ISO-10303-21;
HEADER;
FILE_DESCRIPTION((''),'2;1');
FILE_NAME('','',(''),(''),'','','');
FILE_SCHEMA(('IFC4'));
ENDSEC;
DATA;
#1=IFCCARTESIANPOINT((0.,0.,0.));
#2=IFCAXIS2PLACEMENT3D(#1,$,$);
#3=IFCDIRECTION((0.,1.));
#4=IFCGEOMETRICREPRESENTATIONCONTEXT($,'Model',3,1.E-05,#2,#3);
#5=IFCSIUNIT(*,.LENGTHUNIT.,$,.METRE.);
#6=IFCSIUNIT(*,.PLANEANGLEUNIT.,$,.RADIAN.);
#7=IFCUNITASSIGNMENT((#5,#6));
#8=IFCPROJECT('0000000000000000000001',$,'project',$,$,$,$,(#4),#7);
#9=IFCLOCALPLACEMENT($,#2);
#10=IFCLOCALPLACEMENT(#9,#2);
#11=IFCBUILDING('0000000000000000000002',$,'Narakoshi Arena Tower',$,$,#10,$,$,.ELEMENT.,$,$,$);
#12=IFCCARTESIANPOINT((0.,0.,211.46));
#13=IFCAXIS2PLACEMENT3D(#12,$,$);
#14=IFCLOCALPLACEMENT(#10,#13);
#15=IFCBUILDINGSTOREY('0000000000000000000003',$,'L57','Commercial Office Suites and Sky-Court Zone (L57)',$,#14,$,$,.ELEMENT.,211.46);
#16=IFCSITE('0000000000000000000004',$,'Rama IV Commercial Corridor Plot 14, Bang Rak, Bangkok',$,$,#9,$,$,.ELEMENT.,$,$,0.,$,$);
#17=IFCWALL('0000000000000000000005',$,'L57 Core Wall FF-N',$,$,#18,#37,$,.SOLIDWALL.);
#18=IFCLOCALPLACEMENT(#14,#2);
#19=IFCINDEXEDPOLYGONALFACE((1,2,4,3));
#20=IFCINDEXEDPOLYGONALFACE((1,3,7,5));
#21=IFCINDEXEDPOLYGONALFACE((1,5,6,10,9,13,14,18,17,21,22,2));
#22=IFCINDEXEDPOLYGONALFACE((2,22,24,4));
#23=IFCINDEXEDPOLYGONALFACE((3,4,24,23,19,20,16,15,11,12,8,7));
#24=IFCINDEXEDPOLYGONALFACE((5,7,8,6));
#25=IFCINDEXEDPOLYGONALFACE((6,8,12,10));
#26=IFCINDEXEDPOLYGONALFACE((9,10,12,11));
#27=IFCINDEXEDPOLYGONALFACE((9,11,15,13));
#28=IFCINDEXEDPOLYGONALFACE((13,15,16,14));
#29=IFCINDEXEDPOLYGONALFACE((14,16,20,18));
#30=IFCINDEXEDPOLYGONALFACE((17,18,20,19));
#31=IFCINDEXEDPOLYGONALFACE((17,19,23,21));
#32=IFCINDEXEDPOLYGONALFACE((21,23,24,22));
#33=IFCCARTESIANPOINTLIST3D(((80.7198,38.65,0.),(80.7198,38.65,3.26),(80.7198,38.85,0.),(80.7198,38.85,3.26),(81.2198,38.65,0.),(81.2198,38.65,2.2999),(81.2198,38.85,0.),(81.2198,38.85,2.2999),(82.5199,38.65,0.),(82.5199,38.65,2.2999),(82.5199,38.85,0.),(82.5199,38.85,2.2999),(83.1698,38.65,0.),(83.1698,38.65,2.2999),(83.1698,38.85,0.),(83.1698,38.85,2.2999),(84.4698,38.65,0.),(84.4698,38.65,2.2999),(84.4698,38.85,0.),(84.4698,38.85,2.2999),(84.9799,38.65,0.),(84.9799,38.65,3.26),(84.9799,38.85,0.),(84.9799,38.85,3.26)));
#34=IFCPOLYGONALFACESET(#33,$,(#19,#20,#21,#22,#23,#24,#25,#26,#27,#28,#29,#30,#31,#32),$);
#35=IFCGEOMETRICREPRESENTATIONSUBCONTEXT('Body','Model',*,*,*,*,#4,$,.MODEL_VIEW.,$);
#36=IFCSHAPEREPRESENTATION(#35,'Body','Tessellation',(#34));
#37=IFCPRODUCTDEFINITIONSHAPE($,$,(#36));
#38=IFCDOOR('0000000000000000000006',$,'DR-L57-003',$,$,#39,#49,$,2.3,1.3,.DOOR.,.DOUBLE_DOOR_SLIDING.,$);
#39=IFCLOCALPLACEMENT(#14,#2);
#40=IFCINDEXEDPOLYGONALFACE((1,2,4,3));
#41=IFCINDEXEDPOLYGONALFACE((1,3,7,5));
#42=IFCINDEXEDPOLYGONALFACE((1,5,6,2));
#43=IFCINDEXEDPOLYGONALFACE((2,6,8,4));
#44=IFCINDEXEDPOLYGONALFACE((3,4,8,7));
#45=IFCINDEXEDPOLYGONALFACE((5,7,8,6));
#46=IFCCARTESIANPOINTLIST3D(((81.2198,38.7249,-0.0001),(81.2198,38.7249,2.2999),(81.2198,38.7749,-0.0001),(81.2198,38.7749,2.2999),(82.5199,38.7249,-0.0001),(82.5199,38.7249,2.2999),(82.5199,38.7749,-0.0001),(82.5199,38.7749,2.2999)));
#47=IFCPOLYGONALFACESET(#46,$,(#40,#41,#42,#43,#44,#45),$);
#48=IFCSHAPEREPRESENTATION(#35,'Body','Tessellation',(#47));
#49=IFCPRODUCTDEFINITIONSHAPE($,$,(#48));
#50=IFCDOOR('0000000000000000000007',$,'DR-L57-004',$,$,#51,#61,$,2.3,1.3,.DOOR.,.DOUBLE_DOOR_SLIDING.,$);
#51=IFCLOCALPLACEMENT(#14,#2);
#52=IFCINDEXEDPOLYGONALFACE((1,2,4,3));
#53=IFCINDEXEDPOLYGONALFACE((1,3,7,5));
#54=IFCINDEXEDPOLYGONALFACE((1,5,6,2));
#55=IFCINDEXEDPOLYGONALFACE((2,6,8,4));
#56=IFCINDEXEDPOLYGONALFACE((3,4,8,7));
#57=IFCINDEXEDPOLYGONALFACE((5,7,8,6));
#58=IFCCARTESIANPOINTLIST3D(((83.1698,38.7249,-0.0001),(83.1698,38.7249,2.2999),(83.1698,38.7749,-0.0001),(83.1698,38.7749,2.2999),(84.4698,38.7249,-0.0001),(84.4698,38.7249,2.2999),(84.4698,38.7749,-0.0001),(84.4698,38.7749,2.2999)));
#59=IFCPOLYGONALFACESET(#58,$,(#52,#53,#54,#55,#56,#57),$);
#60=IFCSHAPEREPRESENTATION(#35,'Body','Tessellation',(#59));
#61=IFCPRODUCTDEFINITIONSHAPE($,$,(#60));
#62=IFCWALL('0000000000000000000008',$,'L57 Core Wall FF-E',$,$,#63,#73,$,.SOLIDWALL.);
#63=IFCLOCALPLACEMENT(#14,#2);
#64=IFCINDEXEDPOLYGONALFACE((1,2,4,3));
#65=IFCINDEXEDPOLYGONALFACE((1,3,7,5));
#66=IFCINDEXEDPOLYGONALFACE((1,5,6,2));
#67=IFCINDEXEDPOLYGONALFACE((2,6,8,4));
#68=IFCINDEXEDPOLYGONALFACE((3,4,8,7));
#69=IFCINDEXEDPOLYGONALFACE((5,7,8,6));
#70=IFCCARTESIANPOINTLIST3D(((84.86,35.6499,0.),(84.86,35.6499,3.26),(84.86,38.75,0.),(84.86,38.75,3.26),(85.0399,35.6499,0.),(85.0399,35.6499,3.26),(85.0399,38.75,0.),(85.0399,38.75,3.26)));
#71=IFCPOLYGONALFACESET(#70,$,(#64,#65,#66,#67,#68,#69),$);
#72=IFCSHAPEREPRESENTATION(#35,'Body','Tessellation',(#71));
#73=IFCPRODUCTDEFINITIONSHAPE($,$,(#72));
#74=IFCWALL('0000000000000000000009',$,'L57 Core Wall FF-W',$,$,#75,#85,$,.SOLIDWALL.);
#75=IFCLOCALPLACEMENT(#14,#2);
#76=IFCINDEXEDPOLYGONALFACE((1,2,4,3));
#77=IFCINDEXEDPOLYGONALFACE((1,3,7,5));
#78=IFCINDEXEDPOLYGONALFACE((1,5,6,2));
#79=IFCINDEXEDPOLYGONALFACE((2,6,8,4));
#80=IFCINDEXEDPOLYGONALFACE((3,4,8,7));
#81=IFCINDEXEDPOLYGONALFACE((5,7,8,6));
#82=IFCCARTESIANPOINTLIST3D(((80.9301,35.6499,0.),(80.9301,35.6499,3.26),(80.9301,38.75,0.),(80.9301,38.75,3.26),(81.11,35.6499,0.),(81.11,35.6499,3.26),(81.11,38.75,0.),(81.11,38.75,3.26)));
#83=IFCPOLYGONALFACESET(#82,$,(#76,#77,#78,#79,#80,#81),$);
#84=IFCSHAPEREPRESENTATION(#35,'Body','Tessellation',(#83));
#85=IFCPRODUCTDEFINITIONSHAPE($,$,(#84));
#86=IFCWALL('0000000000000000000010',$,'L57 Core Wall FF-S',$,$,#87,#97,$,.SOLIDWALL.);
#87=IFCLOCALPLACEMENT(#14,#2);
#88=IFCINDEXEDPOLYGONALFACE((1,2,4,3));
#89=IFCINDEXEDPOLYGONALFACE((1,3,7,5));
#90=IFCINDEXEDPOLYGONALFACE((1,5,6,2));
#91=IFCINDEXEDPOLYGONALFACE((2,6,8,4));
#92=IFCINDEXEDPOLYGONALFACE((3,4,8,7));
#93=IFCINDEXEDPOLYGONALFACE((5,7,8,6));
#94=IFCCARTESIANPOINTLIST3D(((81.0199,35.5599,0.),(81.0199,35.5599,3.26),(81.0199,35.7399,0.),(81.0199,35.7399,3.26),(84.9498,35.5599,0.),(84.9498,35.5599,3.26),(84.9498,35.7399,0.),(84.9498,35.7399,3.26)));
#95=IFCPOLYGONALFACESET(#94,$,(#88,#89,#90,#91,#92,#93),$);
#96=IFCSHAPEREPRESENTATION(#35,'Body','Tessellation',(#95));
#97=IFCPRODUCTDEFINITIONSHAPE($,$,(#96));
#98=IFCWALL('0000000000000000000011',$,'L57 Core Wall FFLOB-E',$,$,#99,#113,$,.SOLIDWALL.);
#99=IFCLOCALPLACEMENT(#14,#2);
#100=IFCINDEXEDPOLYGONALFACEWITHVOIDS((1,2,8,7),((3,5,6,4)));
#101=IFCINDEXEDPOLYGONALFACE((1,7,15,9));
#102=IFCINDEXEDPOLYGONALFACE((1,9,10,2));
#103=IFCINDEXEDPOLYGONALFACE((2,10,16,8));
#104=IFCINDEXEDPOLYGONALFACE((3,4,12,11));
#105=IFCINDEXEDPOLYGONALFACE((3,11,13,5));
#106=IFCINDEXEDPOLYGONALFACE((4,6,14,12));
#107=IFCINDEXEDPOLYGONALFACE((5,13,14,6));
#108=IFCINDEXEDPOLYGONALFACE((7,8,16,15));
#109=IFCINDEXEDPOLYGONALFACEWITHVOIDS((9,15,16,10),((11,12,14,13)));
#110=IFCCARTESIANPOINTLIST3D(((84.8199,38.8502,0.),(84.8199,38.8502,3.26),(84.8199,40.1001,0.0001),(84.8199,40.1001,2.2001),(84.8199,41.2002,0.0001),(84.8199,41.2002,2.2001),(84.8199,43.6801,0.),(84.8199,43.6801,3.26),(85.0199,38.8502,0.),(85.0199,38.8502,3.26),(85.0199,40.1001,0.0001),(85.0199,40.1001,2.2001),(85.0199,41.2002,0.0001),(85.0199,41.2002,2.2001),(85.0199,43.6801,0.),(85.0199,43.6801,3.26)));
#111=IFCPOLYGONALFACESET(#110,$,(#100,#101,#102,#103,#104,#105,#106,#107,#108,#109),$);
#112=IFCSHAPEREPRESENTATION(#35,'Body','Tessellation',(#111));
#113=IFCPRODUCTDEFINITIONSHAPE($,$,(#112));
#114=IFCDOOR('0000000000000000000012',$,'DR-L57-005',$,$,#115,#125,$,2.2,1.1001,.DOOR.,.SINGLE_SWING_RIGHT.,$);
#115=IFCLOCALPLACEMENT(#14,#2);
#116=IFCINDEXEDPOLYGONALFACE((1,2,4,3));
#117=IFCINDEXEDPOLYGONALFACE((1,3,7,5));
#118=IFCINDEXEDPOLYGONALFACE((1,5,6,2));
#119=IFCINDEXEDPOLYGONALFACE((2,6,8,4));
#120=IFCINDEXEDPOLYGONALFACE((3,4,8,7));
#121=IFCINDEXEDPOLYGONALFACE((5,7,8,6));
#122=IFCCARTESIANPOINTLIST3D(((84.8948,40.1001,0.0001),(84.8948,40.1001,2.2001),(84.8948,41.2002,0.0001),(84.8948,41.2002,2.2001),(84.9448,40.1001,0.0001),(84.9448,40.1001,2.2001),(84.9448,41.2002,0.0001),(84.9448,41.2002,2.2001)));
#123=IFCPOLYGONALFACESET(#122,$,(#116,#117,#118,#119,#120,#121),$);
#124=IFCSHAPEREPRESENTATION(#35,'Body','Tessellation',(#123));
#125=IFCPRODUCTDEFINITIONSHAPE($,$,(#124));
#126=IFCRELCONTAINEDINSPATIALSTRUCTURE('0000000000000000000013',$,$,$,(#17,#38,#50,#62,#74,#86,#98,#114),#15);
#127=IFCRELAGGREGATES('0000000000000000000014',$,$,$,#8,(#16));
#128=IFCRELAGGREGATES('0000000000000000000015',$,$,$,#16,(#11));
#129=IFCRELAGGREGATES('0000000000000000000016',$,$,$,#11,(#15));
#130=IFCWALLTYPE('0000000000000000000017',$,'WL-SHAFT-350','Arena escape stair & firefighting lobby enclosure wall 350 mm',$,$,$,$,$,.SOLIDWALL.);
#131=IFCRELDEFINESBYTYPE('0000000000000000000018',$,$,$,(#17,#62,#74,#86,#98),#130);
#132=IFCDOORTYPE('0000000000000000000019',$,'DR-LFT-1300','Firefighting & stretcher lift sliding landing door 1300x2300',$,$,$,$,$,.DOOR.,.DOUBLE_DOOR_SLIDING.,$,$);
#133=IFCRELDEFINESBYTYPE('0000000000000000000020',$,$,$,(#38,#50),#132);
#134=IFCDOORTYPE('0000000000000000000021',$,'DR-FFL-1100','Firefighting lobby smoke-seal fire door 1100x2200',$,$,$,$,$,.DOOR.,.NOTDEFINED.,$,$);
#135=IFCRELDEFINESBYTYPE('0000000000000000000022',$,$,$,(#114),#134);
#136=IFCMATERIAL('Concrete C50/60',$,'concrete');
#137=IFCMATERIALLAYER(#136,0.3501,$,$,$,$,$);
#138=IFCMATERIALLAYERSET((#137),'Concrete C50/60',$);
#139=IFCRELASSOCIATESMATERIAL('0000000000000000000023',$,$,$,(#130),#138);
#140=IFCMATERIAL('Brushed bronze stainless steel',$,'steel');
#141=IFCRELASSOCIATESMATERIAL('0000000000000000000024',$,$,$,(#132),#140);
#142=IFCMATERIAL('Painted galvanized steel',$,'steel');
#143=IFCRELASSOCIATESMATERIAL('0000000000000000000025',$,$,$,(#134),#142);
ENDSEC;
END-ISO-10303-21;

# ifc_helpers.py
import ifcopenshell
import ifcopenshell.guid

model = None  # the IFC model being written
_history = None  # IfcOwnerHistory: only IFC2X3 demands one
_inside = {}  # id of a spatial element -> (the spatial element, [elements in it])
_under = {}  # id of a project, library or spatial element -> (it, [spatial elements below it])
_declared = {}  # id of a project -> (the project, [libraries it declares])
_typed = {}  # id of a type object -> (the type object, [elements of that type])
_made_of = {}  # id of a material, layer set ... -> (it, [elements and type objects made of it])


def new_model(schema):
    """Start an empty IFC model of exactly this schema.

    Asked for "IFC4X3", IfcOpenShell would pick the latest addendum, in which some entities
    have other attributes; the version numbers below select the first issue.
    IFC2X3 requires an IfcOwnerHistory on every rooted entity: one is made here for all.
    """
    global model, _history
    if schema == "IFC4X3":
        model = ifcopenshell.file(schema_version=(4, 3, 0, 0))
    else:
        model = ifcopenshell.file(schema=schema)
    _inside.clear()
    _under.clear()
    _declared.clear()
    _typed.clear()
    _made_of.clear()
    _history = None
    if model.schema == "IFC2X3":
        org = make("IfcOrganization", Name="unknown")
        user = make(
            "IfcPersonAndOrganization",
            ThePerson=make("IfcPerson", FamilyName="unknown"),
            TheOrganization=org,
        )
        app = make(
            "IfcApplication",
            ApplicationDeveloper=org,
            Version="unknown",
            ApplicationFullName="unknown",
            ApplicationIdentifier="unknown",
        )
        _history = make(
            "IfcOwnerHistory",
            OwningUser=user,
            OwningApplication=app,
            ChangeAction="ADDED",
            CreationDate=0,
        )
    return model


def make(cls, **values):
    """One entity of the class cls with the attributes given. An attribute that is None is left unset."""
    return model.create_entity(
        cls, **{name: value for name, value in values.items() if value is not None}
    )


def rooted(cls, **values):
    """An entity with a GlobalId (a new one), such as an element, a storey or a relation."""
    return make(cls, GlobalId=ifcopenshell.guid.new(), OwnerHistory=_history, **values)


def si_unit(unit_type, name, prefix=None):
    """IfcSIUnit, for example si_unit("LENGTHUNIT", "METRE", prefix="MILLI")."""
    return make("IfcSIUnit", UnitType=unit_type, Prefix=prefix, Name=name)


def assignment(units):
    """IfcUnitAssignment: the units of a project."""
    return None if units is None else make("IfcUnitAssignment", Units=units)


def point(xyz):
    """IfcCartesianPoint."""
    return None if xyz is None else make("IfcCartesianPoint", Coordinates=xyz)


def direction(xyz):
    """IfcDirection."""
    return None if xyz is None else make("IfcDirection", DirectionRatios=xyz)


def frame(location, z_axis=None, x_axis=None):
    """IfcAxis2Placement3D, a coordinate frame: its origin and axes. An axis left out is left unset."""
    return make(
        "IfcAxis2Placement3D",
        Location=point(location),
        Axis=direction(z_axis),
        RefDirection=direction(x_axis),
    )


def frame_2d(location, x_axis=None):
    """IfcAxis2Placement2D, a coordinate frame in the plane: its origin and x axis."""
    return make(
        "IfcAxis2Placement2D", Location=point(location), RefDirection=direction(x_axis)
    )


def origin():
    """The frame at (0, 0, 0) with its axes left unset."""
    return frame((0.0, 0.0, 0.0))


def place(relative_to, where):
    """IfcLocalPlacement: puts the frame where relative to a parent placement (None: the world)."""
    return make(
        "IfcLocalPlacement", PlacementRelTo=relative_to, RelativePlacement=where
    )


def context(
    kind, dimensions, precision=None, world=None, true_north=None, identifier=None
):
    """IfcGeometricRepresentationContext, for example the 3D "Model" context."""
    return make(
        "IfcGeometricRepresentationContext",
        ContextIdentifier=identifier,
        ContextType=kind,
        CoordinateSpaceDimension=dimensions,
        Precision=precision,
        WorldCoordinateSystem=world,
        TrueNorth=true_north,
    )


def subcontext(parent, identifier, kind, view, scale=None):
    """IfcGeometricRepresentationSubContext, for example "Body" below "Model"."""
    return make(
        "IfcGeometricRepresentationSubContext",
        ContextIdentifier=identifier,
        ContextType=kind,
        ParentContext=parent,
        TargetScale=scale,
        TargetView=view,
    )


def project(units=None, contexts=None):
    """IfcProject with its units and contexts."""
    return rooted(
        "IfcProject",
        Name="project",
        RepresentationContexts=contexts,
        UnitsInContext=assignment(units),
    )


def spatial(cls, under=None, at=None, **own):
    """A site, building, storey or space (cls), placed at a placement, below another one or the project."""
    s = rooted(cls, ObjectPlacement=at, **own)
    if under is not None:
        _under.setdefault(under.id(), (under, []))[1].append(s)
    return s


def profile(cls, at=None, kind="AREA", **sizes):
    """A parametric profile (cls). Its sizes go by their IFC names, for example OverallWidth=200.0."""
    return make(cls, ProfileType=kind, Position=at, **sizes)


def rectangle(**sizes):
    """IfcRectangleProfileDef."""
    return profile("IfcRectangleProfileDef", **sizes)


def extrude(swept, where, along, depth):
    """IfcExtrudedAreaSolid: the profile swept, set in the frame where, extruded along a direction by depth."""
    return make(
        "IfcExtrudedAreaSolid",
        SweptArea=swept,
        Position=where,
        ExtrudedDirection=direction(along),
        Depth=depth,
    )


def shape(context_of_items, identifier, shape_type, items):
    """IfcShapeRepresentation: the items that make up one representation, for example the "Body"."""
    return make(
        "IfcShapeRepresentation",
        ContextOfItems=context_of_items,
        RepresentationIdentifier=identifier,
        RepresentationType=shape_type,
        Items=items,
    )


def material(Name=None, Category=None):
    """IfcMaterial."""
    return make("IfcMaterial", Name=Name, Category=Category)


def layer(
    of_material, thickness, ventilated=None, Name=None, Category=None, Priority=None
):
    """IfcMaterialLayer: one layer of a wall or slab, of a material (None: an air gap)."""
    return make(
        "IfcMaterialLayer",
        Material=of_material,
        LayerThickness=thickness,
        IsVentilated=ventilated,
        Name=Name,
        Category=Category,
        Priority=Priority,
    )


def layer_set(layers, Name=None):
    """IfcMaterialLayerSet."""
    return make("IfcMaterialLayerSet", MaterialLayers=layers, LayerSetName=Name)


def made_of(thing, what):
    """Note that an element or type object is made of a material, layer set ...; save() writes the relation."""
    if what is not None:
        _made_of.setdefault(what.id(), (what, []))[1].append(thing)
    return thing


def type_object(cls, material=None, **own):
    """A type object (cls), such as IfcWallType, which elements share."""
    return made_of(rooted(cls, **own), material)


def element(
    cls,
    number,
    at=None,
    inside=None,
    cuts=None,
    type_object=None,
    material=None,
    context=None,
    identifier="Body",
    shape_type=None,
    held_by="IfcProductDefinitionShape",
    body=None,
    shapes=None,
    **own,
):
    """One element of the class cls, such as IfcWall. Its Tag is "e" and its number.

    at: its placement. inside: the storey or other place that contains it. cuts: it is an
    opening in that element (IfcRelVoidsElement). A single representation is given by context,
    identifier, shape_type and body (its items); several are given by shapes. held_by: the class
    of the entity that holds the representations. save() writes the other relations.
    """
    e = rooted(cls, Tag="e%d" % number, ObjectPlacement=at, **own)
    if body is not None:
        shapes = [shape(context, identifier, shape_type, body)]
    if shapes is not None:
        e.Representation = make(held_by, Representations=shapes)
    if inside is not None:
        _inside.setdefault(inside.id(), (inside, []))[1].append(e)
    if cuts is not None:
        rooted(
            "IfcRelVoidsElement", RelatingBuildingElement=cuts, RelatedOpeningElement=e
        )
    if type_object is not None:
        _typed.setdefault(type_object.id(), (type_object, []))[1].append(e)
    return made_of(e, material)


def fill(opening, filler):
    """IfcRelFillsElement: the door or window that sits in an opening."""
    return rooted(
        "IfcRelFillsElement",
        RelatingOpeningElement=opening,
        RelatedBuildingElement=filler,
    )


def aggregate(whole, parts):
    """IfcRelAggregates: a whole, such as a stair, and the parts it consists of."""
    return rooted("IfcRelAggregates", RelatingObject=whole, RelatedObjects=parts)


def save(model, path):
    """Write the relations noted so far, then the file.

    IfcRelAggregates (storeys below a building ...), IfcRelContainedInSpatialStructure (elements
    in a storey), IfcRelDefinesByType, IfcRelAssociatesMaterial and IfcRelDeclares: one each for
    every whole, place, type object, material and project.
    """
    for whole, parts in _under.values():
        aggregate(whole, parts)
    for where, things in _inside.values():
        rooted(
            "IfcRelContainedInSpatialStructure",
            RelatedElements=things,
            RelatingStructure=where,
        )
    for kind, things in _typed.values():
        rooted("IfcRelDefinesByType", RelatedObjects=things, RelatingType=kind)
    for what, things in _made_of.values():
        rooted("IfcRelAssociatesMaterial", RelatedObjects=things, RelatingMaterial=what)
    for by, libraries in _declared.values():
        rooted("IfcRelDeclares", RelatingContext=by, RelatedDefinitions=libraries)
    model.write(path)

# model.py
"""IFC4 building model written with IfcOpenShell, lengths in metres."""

from ifc_helpers import new_model, si_unit, direction, frame, frame_2d, origin, place, context, subcontext, project, spatial, rectangle, extrude, material, layer, layer_set, type_object, element, fill, save


model = new_model("IFC4")

# Units and contexts
model_context = context("Model", 3, precision=1e-05, world=origin(), true_north=direction((0.0, 1.0)))
body_context = subcontext(model_context, "Body", "Model", "MODEL_VIEW")
ifc_project = project(units=[si_unit("LENGTHUNIT", "METRE"), si_unit("PLANEANGLEUNIT", "RADIAN")], contexts=[model_context])

# Site, building, storey
site_placement = place(None, origin())
site = spatial("IfcSite", under=ifc_project, at=site_placement, Name="Rama IV Commercial Corridor Plot 14, Bang Rak, Bangkok", CompositionType="ELEMENT", RefElevation=0.0)
building_placement = place(site_placement, origin())
building = spatial("IfcBuilding", under=site, at=building_placement, Name="Narakoshi Arena Tower", CompositionType="ELEMENT")
storey_placement = place(building_placement, frame((0.0, 0.0, 211.46)))
storey = spatial("IfcBuildingStorey", under=building, at=storey_placement, Name="L57", Description="Commercial Office Suites and Sky-Court Zone (L57)", CompositionType="ELEMENT", Elevation=211.46)

# Shared definitions
ifc_material_1 = material(Name="Concrete C50/60", Category="concrete")
ifc_layer_1 = layer(ifc_material_1, 0.3501)
ifc_layer_set_1 = layer_set([ifc_layer_1], Name="Concrete C50/60")
wall_type_1 = type_object("IfcWallType", Name="WL-SHAFT-350", Description="Arena escape stair & firefighting lobby enclosure wall 350 mm", PredefinedType="SOLIDWALL", material=ifc_layer_set_1)

# Shared definitions
ifc_material_2 = material(Name="Painted galvanized steel", Category="steel")

# Wall, openings, doors
wall_1_placement = place(storey_placement, frame((80.72, 38.75, 0.0), z_axis=(0.0, 0.0, 1.0), x_axis=(1.0, 0.0, 0.0)))
wall_1 = element("IfcWall", 1, at=wall_1_placement, inside=storey, type_object=wall_type_1, Name="L57 Core Wall FF-N", PredefinedType="SOLIDWALL", context=body_context, shape_type="SweptSolid", body=[
    extrude(rectangle(XDim=4.26, YDim=0.2, at=frame_2d((2.1299, 0.0))), origin(), (0.0, 0.0, 1.0), 3.26),
])
opening_1_placement = place(wall_1_placement, frame((0.5, 0.0, 0.0)))
opening_1 = element("IfcOpeningElement", 2, at=opening_1_placement, cuts=wall_1, PredefinedType="OPENING", context=body_context, shape_type="SweptSolid", body=[
    extrude(rectangle(XDim=1.3, YDim=2.3, at=frame_2d((0.6499, 1.1499))), frame((0.0, 0.1099, 0.0), z_axis=(0.0, -1.0, 0.0), x_axis=(1.0, 0.0, 0.0)), (0.0, 0.0, 1.0), 0.22),
])
opening_2_placement = place(wall_1_placement, frame((2.45, 0.0, 0.0)))
opening_2 = element("IfcOpeningElement", 3, at=opening_2_placement, cuts=wall_1, PredefinedType="OPENING", context=body_context, shape_type="SweptSolid", body=[
    extrude(rectangle(XDim=1.3, YDim=2.3, at=frame_2d((0.6499, 1.1499))), frame((0.0, 0.1099, 0.0), z_axis=(0.0, -1.0, 0.0), x_axis=(1.0, 0.0, 0.0)), (0.0, 0.0, 1.0), 0.22),
])
ifc_material_3 = material(Name="Brushed bronze stainless steel", Category="steel")
door_type_1 = type_object("IfcDoorType", Name="DR-LFT-1300", Description="Firefighting & stretcher lift sliding landing door 1300x2300", OperationType="DOUBLE_DOOR_SLIDING", PredefinedType="DOOR", material=ifc_material_3)
door_1_placement = place(opening_1_placement, origin())
door_1 = element("IfcDoor", 4, at=door_1_placement, inside=storey, type_object=door_type_1, Name="DR-L57-003", OperationType="DOUBLE_DOOR_SLIDING", OverallHeight=2.3, OverallWidth=1.3, PredefinedType="DOOR", context=body_context, shape_type="SweptSolid", body=[
    extrude(rectangle(XDim=1.3, YDim=2.3, at=frame_2d((0.6499, 1.1499))), frame((0.0, 0.0249, 0.0), z_axis=(0.0, -1.0, 0.0), x_axis=(1.0, 0.0, 0.0)), (0.0, 0.0, 1.0), 0.05),
])
fill(opening_1, door_1)
door_2_placement = place(opening_2_placement, origin())
door_2 = element("IfcDoor", 5, at=door_2_placement, inside=storey, type_object=door_type_1, Name="DR-L57-004", OperationType="DOUBLE_DOOR_SLIDING", OverallHeight=2.3, OverallWidth=1.3, PredefinedType="DOOR", context=body_context, shape_type="SweptSolid", body=[
    extrude(rectangle(XDim=1.3, YDim=2.3, at=frame_2d((0.6499, 1.1499))), frame((0.0, 0.0249, 0.0), z_axis=(0.0, -1.0, 0.0), x_axis=(1.0, 0.0, 0.0)), (0.0, 0.0, 1.0), 0.05),
])
fill(opening_2, door_2)

# Walls
for number, where, z_axis, x_axis, name in (
    (6, (84.95, 35.6499, 0.0), (0.0, 0.0, 1.0), (0.0, 1.0, 0.0), "L57 Core Wall FF-E"),
    (7, (81.02, 35.6499, 0.0), (0.0, 0.0, 1.0), (0.0, 1.0, 0.0), "L57 Core Wall FF-W"),
):
    element("IfcWall", number, at=place(storey_placement, frame(where, z_axis=z_axis, x_axis=x_axis)), inside=storey, type_object=wall_type_1, Name=name, PredefinedType="SOLIDWALL", context=body_context, shape_type="SweptSolid", body=[
        extrude(rectangle(XDim=3.1001, YDim=0.1799, at=frame_2d((1.55, 0.0))), origin(), (0.0, 0.0, 1.0), 3.26),
    ])
wall_2_placement = place(storey_placement, frame((81.02, 35.6499, 0.0), z_axis=(0.0, 0.0, 1.0), x_axis=(1.0, 0.0, 0.0)))
element("IfcWall", 8, at=wall_2_placement, inside=storey, type_object=wall_type_1, Name="L57 Core Wall FF-S", PredefinedType="SOLIDWALL", context=body_context, shape_type="SweptSolid", body=[
    extrude(rectangle(XDim=3.9299, YDim=0.1799, at=frame_2d((1.9648, 0.0))), origin(), (0.0, 0.0, 1.0), 3.26),
])

# Wall, opening, door
wall_3_placement = place(storey_placement, frame((84.9199, 38.8501, 0.0), z_axis=(0.0, 0.0, 1.0), x_axis=(0.0, 1.0, 0.0)))
wall_3 = element("IfcWall", 9, at=wall_3_placement, inside=storey, type_object=wall_type_1, Name="L57 Core Wall FFLOB-E", PredefinedType="SOLIDWALL", context=body_context, shape_type="SweptSolid", body=[
    extrude(rectangle(XDim=4.8298, YDim=0.2, at=frame_2d((2.415, 0.0))), origin(), (0.0, 0.0, 1.0), 3.26),
])
opening_3_placement = place(wall_3_placement, frame((1.25, 0.0, 0.0)))
opening_3 = element("IfcOpeningElement", 10, at=opening_3_placement, cuts=wall_3, PredefinedType="OPENING", context=body_context, shape_type="SweptSolid", body=[
    extrude(rectangle(XDim=1.1001, YDim=2.2, at=frame_2d((0.55, 1.1001))), frame((0.0, 0.1099, 0.0), z_axis=(0.0, -1.0, 0.0), x_axis=(1.0, 0.0, 0.0)), (0.0, 0.0, 1.0), 0.22),
])
door_type_2 = type_object("IfcDoorType", Name="DR-FFL-1100", Description="Firefighting lobby smoke-seal fire door 1100x2200", OperationType="NOTDEFINED", PredefinedType="DOOR", material=ifc_material_2)
door_3_placement = place(opening_3_placement, frame((1.1001, 0.0, 0.0), z_axis=(0.0, 0.0, 1.0), x_axis=(-1.0, 0.0, 0.0)))
door_3 = element("IfcDoor", 11, at=door_3_placement, inside=storey, type_object=door_type_2, Name="DR-L57-005", OperationType="SINGLE_SWING_RIGHT", OverallHeight=2.2, OverallWidth=1.1001, PredefinedType="DOOR", context=body_context, shape_type="SweptSolid", body=[
    extrude(rectangle(XDim=1.1001, YDim=2.2, at=frame_2d((0.55, 1.1001))), frame((0.0, 0.0249, 0.0), z_axis=(0.0, -1.0, 0.0), x_axis=(1.0, 0.0, 0.0)), (0.0, 0.0, 1.0), 0.05),
])
fill(opening_3, door_3)

save(model, "model.ifc")
